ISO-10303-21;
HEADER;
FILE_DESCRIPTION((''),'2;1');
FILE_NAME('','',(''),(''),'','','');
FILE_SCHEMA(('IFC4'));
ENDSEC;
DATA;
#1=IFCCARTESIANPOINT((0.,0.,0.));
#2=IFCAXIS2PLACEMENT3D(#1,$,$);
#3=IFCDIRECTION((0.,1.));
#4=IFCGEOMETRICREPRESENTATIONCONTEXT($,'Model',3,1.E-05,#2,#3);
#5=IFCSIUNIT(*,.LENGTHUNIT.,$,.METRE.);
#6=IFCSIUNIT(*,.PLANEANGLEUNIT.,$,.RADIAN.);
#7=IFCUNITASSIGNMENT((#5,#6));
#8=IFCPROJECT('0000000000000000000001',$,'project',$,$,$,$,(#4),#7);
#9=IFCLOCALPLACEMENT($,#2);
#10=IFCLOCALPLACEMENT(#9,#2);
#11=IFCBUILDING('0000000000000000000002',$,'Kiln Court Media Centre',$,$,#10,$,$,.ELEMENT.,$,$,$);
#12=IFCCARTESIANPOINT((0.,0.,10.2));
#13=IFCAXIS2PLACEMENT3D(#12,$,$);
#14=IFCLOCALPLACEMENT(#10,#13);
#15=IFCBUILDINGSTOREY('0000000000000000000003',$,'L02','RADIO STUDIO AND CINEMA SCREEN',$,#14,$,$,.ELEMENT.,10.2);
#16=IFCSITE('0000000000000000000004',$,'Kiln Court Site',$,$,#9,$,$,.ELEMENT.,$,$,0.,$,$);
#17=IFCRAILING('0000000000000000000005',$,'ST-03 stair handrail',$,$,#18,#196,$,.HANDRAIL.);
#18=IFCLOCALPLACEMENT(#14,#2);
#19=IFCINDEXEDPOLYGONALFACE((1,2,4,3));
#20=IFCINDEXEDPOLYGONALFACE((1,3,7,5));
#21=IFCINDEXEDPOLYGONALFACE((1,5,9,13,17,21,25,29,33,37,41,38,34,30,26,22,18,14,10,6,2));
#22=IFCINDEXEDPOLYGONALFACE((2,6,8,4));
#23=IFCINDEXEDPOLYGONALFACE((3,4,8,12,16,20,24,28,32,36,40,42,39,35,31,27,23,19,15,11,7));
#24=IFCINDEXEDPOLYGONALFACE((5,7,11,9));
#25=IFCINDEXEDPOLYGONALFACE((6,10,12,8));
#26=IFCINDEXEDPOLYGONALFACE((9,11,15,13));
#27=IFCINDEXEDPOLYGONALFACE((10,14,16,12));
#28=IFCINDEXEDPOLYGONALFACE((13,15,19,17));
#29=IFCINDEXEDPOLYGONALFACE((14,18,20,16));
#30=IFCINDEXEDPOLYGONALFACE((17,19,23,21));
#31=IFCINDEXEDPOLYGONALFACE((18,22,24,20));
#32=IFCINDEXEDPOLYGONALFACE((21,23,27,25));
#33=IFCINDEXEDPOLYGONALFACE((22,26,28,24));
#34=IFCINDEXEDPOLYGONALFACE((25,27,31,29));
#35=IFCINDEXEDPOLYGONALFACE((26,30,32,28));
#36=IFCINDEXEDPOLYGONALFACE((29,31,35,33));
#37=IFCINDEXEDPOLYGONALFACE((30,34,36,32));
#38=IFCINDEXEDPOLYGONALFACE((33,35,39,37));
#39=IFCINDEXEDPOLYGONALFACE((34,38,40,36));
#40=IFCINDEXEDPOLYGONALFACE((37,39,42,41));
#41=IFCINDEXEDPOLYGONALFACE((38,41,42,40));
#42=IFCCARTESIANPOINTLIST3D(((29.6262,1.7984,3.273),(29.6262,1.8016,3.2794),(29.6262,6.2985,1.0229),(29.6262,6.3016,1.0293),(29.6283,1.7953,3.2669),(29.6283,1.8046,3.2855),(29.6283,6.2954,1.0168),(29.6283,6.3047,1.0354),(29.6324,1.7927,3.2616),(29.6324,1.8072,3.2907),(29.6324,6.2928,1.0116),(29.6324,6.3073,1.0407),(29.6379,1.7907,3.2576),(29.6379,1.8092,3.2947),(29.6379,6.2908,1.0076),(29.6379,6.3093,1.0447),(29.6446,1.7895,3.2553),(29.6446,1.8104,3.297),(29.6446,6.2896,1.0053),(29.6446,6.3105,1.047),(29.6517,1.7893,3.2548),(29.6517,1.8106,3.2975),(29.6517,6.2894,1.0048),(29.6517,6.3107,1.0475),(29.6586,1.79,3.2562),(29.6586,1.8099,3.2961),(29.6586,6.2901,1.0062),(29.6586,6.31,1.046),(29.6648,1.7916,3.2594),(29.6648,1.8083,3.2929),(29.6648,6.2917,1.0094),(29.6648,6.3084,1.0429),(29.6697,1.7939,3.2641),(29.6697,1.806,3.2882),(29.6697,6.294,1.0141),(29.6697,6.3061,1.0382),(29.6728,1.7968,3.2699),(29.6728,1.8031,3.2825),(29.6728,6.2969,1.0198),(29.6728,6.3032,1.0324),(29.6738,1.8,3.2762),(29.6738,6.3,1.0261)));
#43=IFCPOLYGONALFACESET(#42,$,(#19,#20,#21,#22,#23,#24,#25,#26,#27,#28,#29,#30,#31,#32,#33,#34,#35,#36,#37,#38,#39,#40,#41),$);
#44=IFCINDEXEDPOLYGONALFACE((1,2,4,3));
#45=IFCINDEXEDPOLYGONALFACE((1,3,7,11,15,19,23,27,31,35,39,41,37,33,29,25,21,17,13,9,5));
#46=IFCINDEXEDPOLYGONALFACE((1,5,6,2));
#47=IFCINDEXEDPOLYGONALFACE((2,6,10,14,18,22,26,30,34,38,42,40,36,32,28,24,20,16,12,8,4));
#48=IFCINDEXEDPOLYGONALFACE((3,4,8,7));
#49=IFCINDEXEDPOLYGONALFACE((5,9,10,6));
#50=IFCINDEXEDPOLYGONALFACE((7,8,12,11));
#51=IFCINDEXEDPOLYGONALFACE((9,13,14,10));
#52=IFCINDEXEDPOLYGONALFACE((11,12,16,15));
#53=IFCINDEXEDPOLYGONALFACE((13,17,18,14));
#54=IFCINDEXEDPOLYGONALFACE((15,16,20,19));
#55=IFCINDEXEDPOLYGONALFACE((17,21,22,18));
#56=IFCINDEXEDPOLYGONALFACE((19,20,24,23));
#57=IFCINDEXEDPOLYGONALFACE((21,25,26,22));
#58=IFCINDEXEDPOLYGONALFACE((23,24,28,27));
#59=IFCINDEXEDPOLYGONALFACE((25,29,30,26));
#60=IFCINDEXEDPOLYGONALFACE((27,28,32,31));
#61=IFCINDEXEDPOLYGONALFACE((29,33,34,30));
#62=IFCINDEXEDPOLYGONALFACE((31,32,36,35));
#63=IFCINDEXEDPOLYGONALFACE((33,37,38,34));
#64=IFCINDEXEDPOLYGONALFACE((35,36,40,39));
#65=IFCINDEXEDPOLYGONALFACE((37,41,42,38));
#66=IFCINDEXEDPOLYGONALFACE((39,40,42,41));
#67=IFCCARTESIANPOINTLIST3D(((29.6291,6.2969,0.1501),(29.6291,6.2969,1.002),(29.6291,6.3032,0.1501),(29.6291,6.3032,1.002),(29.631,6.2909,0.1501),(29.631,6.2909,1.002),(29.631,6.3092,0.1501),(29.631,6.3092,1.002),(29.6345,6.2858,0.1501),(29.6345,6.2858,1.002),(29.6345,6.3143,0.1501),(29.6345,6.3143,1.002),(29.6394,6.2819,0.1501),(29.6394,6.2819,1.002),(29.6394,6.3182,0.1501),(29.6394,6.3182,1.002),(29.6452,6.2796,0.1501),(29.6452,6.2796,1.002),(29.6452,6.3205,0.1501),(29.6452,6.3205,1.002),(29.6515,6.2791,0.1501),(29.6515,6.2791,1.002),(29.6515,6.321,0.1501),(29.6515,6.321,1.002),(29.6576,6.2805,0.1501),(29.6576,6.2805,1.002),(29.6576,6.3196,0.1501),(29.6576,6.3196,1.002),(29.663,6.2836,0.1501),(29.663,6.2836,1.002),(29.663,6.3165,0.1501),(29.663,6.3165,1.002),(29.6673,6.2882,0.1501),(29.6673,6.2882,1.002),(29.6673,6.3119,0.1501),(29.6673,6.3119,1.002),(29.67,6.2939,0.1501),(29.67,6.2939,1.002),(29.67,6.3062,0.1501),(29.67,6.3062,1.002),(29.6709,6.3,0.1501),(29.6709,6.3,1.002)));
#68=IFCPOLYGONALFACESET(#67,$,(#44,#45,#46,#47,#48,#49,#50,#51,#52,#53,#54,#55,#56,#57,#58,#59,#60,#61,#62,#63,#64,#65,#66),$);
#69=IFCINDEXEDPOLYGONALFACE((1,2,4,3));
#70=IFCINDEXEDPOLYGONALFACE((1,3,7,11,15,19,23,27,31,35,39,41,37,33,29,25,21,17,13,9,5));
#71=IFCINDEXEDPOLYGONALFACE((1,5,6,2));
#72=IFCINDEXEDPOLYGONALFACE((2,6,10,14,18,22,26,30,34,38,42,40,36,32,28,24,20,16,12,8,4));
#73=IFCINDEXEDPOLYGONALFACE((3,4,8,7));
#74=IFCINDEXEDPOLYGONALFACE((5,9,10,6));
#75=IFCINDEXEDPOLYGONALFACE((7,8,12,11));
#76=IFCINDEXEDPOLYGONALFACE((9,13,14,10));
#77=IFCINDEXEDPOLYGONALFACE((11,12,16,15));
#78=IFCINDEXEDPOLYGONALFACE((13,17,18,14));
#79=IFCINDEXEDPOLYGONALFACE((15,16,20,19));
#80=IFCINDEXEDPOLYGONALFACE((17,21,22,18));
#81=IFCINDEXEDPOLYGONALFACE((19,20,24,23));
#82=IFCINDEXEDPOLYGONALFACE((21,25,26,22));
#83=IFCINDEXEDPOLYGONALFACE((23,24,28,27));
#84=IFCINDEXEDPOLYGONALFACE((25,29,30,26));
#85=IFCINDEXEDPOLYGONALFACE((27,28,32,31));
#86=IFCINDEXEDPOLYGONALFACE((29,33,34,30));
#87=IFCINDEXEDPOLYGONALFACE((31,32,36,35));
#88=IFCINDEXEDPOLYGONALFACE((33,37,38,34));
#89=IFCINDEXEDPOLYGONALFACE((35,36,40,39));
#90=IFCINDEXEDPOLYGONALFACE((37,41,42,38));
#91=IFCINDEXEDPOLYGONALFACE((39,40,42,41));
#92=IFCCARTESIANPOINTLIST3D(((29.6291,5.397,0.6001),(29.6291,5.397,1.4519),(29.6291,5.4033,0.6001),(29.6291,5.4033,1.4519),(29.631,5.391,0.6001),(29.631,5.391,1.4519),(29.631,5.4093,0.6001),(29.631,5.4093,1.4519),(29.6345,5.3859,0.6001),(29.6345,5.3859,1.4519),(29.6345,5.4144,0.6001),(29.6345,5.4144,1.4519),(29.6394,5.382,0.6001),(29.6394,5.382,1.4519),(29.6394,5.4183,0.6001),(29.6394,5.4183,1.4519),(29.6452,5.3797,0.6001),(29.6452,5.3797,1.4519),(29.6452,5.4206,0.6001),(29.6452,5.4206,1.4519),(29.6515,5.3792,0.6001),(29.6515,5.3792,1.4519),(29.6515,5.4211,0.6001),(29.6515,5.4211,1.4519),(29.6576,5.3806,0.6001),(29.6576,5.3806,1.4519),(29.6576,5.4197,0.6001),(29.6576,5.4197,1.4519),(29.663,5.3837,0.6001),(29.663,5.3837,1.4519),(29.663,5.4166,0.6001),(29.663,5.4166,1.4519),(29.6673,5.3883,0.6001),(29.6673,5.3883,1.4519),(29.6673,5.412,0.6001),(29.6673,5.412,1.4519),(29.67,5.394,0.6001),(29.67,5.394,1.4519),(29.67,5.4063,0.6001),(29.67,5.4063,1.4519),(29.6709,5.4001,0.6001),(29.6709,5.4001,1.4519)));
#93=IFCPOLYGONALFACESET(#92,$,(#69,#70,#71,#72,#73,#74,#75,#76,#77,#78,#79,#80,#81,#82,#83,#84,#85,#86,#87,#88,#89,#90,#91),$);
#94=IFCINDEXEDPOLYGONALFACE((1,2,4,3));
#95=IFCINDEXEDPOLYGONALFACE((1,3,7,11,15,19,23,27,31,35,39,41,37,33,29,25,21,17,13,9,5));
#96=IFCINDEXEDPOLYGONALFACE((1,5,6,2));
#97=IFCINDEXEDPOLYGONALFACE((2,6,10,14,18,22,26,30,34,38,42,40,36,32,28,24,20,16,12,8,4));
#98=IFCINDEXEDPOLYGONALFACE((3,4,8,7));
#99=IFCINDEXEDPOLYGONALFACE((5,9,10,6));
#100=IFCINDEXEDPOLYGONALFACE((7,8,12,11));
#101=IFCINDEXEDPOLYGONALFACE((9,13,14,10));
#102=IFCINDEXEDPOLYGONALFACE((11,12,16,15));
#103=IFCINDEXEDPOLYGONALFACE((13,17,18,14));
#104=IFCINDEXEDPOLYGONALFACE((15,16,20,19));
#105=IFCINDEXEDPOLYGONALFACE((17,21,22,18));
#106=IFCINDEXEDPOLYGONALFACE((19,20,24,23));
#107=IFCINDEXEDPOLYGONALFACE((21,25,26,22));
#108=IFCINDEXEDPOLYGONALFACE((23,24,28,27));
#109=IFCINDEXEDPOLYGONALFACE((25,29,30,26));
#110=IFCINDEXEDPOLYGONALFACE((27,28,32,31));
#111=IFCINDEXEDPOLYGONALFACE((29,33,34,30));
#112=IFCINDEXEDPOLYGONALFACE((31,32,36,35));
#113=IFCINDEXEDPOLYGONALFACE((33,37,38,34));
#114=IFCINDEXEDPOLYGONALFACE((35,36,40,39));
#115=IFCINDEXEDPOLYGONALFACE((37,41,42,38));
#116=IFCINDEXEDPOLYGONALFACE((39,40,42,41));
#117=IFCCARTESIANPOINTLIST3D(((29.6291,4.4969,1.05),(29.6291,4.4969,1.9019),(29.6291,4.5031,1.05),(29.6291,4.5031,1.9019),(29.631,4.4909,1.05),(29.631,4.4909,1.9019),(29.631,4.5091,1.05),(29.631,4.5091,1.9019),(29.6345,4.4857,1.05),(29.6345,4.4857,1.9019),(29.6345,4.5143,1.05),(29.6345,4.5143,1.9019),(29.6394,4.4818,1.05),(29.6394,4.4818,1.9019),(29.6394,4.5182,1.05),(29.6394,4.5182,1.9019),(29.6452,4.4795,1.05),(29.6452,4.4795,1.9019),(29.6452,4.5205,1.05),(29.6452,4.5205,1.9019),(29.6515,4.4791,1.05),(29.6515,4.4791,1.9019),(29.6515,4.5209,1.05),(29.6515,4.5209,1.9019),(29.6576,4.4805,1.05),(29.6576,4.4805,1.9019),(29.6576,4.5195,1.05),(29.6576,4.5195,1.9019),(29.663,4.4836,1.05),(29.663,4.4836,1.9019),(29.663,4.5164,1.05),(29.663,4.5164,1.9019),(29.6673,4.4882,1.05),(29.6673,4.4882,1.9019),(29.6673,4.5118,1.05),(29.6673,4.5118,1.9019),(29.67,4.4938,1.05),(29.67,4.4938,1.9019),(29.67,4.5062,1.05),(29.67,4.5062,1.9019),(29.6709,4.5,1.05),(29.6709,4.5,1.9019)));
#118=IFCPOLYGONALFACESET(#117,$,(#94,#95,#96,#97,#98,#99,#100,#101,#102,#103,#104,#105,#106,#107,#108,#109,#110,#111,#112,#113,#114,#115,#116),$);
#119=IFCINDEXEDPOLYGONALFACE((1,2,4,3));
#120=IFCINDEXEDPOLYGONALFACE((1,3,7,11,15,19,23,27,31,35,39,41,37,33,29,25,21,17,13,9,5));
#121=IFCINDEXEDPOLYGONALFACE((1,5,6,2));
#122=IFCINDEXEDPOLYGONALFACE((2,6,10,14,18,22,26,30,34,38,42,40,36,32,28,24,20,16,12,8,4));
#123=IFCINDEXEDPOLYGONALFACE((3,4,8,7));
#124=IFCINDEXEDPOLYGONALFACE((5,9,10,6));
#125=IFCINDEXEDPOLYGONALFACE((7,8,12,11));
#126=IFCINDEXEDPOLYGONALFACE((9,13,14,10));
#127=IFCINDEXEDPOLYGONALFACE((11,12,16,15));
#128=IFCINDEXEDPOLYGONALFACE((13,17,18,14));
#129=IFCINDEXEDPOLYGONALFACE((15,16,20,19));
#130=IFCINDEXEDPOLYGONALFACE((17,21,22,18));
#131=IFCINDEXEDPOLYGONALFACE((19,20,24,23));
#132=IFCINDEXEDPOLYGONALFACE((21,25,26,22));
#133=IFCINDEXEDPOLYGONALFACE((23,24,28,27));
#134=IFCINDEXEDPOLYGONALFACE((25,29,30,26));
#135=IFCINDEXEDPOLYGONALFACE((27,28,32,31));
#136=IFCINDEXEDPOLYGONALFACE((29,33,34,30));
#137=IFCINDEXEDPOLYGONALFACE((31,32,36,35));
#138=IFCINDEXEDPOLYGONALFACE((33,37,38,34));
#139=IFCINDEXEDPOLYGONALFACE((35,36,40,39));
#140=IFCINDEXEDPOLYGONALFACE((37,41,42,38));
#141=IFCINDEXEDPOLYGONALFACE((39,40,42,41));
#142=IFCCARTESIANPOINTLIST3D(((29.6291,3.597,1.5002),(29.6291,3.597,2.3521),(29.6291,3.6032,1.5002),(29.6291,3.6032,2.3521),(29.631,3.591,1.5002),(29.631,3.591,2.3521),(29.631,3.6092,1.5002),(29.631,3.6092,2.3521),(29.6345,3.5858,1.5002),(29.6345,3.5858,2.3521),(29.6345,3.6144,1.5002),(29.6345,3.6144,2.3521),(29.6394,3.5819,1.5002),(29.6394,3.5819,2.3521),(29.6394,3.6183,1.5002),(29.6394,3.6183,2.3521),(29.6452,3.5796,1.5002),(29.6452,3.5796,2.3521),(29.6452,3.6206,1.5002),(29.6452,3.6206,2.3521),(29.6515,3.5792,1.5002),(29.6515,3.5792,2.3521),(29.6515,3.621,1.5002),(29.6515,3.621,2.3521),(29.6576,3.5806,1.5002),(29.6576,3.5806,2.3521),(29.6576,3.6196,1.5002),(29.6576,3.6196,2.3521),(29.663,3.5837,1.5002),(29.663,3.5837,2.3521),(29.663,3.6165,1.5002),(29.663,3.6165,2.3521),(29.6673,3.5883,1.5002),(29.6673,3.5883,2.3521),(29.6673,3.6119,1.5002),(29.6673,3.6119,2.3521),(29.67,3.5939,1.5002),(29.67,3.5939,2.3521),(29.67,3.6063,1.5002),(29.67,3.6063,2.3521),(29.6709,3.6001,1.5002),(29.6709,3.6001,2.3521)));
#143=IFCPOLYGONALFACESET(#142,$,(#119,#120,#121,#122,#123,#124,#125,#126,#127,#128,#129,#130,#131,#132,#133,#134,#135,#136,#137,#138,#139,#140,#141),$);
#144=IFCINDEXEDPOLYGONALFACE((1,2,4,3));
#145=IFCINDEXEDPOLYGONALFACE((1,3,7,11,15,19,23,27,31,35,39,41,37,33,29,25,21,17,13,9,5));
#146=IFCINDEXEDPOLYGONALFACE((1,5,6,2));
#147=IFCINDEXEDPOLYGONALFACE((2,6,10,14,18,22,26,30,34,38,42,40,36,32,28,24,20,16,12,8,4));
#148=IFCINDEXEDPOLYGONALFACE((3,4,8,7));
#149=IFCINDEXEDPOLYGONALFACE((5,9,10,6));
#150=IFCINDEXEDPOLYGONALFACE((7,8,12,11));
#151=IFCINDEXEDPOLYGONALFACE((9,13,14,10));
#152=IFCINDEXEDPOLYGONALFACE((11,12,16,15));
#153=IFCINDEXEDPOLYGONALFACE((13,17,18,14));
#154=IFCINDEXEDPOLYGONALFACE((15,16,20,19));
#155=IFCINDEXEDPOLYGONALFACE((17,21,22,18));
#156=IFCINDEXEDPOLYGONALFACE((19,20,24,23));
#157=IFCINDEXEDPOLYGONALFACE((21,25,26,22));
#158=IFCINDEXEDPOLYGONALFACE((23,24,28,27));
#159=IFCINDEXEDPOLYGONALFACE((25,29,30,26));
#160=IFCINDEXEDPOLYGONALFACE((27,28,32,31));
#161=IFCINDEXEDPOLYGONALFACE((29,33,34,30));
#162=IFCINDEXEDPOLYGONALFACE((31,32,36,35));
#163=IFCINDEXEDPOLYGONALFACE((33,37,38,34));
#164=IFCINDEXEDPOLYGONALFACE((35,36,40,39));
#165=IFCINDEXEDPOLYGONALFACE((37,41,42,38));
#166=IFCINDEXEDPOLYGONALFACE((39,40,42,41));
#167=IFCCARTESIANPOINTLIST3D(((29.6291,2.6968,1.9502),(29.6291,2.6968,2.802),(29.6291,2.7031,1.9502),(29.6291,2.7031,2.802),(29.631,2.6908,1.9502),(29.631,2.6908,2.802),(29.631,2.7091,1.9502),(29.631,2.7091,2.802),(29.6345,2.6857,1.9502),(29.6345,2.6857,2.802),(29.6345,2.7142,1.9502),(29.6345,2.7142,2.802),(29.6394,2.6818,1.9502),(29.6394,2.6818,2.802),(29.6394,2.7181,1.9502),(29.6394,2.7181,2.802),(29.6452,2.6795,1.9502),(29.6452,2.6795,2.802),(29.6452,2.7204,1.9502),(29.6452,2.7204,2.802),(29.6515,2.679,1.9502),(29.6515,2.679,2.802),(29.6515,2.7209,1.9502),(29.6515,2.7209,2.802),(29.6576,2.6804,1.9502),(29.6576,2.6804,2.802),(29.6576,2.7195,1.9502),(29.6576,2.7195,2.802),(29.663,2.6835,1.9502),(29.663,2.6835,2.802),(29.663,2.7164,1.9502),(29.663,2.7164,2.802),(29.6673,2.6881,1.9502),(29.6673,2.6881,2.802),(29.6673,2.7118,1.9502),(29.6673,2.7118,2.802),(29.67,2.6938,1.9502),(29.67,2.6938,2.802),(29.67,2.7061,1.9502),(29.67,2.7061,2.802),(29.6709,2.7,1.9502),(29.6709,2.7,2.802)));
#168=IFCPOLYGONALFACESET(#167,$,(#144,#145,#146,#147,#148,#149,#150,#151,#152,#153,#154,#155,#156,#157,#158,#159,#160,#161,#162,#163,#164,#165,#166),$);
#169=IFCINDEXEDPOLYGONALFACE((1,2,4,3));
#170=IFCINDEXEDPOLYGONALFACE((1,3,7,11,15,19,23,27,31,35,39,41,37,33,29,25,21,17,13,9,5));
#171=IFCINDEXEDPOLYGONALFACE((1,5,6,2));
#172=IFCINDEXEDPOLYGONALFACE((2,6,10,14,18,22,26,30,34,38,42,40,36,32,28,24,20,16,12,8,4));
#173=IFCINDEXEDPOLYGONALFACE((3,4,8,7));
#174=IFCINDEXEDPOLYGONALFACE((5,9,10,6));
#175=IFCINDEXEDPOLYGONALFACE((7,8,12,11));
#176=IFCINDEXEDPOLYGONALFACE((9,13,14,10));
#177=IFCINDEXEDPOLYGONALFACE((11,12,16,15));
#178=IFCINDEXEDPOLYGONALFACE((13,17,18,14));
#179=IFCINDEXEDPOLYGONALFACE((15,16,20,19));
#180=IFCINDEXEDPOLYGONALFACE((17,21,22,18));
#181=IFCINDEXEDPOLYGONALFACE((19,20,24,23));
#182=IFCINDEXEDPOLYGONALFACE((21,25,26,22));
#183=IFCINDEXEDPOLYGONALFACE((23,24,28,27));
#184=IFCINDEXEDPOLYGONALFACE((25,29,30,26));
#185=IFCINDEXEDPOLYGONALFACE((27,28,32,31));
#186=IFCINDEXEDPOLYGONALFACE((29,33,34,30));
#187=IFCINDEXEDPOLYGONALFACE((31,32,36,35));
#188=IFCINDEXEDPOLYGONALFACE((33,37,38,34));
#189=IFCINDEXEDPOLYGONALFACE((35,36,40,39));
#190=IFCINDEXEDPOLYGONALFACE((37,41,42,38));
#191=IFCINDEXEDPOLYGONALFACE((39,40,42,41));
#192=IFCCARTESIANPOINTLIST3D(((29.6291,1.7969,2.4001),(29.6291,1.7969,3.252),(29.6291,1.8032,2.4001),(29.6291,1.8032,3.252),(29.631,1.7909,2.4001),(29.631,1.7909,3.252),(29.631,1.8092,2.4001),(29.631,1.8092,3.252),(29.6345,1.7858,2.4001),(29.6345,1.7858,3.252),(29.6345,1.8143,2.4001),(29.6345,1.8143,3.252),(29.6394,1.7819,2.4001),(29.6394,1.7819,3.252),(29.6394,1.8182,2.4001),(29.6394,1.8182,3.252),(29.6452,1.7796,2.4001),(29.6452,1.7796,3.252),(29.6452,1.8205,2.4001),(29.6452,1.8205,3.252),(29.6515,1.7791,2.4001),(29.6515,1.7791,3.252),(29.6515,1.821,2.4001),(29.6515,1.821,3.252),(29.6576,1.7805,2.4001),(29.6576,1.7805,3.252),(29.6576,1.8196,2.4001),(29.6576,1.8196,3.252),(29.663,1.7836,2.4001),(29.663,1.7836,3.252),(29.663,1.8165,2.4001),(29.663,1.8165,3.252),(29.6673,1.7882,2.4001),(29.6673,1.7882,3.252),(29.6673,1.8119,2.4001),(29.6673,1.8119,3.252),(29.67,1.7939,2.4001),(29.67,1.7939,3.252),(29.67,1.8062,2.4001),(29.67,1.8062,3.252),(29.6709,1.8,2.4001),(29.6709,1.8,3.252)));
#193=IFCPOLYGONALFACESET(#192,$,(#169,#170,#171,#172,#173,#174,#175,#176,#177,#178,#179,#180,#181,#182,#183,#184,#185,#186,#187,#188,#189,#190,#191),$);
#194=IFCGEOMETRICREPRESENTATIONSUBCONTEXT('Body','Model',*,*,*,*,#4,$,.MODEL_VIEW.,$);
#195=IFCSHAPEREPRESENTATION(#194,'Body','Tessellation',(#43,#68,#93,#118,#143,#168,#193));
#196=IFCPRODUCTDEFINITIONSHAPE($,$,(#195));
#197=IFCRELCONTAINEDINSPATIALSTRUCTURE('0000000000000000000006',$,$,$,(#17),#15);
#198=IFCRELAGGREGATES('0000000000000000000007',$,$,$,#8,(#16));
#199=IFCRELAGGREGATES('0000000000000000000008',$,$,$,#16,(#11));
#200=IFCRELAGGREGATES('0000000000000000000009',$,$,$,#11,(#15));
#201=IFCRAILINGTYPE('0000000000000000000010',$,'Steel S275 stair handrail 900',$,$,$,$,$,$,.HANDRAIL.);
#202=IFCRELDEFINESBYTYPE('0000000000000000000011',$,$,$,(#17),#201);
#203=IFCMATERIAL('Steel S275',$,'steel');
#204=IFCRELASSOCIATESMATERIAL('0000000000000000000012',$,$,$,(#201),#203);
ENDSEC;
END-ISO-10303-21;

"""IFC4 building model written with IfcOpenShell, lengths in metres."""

from ifc_helpers import new_model, si_unit, direction, frame, origin, origin_2d, place, context, subcontext, project, spatial, circle, extrude, material, type_object, element, save


model = new_model("IFC4")

# Units and contexts
model_context = context("Model", 3, precision=1e-05, world=origin(), true_north=direction((0.0, 1.0)))
body_context = subcontext(model_context, "Body", "Model", "MODEL_VIEW")
ifc_project = project(units=[si_unit("LENGTHUNIT", "METRE"), si_unit("PLANEANGLEUNIT", "RADIAN")], contexts=[model_context])

# Site, building, storey
site_placement = place(None, origin())
site = spatial("IfcSite", under=ifc_project, at=site_placement, Name="Kiln Court Site", CompositionType="ELEMENT", RefElevation=0.0)
building_placement = place(site_placement, origin())
building = spatial("IfcBuilding", under=site, at=building_placement, Name="Kiln Court Media Centre", CompositionType="ELEMENT")
storey_placement = place(building_placement, frame((0.0, 0.0, 10.2)))
storey = spatial("IfcBuildingStorey", under=building, at=storey_placement, Name="L02", Description="RADIO STUDIO AND CINEMA SCREEN", CompositionType="ELEMENT", Elevation=10.2)

# Railing
ifc_material_1 = material(Name="Steel S275", Category="steel")
railing_type_1 = type_object("IfcRailingType", Name="Steel S275 stair handrail 900", PredefinedType="HANDRAIL", material=ifc_material_1)
railing_1_placement = place(storey_placement, frame((29.6499, 6.3, 0.1501)))
element("IfcRailing", 1, at=railing_1_placement, inside=storey, type_object=railing_type_1, Name="ST-03 stair handrail", PredefinedType="HANDRAIL", context=body_context, shape_type="SweptSolid", body=[
    extrude(circle(Radius=0.0239, at=origin_2d()), frame((0.0, 0.0, 0.876), z_axis=(0.0, -0.894427, 0.447214), x_axis=(1.0, 0.0, 0.0)), (0.0, 0.0, 1.0), 5.0312),
    extrude(circle(Radius=0.021, at=origin_2d()), origin(), (0.0, 0.0, 1.0), 0.8518),
    extrude(circle(Radius=0.021, at=origin_2d()), frame((0.0, -0.8999, 0.45)), (0.0, 0.0, 1.0), 0.8518),
    extrude(circle(Radius=0.021, at=origin_2d()), frame((0.0, -1.8, 0.8999)), (0.0, 0.0, 1.0), 0.8518),
    extrude(circle(Radius=0.021, at=origin_2d()), frame((0.0, -2.7, 1.3501)), (0.0, 0.0, 1.0), 0.8518),
    extrude(circle(Radius=0.021, at=origin_2d()), frame((0.0, -3.6001, 1.8)), (0.0, 0.0, 1.0), 0.8518),
    extrude(circle(Radius=0.021, at=origin_2d()), frame((0.0, -4.5, 2.25)), (0.0, 0.0, 1.0), 0.8518),
])

save(model, "model.ifc")
